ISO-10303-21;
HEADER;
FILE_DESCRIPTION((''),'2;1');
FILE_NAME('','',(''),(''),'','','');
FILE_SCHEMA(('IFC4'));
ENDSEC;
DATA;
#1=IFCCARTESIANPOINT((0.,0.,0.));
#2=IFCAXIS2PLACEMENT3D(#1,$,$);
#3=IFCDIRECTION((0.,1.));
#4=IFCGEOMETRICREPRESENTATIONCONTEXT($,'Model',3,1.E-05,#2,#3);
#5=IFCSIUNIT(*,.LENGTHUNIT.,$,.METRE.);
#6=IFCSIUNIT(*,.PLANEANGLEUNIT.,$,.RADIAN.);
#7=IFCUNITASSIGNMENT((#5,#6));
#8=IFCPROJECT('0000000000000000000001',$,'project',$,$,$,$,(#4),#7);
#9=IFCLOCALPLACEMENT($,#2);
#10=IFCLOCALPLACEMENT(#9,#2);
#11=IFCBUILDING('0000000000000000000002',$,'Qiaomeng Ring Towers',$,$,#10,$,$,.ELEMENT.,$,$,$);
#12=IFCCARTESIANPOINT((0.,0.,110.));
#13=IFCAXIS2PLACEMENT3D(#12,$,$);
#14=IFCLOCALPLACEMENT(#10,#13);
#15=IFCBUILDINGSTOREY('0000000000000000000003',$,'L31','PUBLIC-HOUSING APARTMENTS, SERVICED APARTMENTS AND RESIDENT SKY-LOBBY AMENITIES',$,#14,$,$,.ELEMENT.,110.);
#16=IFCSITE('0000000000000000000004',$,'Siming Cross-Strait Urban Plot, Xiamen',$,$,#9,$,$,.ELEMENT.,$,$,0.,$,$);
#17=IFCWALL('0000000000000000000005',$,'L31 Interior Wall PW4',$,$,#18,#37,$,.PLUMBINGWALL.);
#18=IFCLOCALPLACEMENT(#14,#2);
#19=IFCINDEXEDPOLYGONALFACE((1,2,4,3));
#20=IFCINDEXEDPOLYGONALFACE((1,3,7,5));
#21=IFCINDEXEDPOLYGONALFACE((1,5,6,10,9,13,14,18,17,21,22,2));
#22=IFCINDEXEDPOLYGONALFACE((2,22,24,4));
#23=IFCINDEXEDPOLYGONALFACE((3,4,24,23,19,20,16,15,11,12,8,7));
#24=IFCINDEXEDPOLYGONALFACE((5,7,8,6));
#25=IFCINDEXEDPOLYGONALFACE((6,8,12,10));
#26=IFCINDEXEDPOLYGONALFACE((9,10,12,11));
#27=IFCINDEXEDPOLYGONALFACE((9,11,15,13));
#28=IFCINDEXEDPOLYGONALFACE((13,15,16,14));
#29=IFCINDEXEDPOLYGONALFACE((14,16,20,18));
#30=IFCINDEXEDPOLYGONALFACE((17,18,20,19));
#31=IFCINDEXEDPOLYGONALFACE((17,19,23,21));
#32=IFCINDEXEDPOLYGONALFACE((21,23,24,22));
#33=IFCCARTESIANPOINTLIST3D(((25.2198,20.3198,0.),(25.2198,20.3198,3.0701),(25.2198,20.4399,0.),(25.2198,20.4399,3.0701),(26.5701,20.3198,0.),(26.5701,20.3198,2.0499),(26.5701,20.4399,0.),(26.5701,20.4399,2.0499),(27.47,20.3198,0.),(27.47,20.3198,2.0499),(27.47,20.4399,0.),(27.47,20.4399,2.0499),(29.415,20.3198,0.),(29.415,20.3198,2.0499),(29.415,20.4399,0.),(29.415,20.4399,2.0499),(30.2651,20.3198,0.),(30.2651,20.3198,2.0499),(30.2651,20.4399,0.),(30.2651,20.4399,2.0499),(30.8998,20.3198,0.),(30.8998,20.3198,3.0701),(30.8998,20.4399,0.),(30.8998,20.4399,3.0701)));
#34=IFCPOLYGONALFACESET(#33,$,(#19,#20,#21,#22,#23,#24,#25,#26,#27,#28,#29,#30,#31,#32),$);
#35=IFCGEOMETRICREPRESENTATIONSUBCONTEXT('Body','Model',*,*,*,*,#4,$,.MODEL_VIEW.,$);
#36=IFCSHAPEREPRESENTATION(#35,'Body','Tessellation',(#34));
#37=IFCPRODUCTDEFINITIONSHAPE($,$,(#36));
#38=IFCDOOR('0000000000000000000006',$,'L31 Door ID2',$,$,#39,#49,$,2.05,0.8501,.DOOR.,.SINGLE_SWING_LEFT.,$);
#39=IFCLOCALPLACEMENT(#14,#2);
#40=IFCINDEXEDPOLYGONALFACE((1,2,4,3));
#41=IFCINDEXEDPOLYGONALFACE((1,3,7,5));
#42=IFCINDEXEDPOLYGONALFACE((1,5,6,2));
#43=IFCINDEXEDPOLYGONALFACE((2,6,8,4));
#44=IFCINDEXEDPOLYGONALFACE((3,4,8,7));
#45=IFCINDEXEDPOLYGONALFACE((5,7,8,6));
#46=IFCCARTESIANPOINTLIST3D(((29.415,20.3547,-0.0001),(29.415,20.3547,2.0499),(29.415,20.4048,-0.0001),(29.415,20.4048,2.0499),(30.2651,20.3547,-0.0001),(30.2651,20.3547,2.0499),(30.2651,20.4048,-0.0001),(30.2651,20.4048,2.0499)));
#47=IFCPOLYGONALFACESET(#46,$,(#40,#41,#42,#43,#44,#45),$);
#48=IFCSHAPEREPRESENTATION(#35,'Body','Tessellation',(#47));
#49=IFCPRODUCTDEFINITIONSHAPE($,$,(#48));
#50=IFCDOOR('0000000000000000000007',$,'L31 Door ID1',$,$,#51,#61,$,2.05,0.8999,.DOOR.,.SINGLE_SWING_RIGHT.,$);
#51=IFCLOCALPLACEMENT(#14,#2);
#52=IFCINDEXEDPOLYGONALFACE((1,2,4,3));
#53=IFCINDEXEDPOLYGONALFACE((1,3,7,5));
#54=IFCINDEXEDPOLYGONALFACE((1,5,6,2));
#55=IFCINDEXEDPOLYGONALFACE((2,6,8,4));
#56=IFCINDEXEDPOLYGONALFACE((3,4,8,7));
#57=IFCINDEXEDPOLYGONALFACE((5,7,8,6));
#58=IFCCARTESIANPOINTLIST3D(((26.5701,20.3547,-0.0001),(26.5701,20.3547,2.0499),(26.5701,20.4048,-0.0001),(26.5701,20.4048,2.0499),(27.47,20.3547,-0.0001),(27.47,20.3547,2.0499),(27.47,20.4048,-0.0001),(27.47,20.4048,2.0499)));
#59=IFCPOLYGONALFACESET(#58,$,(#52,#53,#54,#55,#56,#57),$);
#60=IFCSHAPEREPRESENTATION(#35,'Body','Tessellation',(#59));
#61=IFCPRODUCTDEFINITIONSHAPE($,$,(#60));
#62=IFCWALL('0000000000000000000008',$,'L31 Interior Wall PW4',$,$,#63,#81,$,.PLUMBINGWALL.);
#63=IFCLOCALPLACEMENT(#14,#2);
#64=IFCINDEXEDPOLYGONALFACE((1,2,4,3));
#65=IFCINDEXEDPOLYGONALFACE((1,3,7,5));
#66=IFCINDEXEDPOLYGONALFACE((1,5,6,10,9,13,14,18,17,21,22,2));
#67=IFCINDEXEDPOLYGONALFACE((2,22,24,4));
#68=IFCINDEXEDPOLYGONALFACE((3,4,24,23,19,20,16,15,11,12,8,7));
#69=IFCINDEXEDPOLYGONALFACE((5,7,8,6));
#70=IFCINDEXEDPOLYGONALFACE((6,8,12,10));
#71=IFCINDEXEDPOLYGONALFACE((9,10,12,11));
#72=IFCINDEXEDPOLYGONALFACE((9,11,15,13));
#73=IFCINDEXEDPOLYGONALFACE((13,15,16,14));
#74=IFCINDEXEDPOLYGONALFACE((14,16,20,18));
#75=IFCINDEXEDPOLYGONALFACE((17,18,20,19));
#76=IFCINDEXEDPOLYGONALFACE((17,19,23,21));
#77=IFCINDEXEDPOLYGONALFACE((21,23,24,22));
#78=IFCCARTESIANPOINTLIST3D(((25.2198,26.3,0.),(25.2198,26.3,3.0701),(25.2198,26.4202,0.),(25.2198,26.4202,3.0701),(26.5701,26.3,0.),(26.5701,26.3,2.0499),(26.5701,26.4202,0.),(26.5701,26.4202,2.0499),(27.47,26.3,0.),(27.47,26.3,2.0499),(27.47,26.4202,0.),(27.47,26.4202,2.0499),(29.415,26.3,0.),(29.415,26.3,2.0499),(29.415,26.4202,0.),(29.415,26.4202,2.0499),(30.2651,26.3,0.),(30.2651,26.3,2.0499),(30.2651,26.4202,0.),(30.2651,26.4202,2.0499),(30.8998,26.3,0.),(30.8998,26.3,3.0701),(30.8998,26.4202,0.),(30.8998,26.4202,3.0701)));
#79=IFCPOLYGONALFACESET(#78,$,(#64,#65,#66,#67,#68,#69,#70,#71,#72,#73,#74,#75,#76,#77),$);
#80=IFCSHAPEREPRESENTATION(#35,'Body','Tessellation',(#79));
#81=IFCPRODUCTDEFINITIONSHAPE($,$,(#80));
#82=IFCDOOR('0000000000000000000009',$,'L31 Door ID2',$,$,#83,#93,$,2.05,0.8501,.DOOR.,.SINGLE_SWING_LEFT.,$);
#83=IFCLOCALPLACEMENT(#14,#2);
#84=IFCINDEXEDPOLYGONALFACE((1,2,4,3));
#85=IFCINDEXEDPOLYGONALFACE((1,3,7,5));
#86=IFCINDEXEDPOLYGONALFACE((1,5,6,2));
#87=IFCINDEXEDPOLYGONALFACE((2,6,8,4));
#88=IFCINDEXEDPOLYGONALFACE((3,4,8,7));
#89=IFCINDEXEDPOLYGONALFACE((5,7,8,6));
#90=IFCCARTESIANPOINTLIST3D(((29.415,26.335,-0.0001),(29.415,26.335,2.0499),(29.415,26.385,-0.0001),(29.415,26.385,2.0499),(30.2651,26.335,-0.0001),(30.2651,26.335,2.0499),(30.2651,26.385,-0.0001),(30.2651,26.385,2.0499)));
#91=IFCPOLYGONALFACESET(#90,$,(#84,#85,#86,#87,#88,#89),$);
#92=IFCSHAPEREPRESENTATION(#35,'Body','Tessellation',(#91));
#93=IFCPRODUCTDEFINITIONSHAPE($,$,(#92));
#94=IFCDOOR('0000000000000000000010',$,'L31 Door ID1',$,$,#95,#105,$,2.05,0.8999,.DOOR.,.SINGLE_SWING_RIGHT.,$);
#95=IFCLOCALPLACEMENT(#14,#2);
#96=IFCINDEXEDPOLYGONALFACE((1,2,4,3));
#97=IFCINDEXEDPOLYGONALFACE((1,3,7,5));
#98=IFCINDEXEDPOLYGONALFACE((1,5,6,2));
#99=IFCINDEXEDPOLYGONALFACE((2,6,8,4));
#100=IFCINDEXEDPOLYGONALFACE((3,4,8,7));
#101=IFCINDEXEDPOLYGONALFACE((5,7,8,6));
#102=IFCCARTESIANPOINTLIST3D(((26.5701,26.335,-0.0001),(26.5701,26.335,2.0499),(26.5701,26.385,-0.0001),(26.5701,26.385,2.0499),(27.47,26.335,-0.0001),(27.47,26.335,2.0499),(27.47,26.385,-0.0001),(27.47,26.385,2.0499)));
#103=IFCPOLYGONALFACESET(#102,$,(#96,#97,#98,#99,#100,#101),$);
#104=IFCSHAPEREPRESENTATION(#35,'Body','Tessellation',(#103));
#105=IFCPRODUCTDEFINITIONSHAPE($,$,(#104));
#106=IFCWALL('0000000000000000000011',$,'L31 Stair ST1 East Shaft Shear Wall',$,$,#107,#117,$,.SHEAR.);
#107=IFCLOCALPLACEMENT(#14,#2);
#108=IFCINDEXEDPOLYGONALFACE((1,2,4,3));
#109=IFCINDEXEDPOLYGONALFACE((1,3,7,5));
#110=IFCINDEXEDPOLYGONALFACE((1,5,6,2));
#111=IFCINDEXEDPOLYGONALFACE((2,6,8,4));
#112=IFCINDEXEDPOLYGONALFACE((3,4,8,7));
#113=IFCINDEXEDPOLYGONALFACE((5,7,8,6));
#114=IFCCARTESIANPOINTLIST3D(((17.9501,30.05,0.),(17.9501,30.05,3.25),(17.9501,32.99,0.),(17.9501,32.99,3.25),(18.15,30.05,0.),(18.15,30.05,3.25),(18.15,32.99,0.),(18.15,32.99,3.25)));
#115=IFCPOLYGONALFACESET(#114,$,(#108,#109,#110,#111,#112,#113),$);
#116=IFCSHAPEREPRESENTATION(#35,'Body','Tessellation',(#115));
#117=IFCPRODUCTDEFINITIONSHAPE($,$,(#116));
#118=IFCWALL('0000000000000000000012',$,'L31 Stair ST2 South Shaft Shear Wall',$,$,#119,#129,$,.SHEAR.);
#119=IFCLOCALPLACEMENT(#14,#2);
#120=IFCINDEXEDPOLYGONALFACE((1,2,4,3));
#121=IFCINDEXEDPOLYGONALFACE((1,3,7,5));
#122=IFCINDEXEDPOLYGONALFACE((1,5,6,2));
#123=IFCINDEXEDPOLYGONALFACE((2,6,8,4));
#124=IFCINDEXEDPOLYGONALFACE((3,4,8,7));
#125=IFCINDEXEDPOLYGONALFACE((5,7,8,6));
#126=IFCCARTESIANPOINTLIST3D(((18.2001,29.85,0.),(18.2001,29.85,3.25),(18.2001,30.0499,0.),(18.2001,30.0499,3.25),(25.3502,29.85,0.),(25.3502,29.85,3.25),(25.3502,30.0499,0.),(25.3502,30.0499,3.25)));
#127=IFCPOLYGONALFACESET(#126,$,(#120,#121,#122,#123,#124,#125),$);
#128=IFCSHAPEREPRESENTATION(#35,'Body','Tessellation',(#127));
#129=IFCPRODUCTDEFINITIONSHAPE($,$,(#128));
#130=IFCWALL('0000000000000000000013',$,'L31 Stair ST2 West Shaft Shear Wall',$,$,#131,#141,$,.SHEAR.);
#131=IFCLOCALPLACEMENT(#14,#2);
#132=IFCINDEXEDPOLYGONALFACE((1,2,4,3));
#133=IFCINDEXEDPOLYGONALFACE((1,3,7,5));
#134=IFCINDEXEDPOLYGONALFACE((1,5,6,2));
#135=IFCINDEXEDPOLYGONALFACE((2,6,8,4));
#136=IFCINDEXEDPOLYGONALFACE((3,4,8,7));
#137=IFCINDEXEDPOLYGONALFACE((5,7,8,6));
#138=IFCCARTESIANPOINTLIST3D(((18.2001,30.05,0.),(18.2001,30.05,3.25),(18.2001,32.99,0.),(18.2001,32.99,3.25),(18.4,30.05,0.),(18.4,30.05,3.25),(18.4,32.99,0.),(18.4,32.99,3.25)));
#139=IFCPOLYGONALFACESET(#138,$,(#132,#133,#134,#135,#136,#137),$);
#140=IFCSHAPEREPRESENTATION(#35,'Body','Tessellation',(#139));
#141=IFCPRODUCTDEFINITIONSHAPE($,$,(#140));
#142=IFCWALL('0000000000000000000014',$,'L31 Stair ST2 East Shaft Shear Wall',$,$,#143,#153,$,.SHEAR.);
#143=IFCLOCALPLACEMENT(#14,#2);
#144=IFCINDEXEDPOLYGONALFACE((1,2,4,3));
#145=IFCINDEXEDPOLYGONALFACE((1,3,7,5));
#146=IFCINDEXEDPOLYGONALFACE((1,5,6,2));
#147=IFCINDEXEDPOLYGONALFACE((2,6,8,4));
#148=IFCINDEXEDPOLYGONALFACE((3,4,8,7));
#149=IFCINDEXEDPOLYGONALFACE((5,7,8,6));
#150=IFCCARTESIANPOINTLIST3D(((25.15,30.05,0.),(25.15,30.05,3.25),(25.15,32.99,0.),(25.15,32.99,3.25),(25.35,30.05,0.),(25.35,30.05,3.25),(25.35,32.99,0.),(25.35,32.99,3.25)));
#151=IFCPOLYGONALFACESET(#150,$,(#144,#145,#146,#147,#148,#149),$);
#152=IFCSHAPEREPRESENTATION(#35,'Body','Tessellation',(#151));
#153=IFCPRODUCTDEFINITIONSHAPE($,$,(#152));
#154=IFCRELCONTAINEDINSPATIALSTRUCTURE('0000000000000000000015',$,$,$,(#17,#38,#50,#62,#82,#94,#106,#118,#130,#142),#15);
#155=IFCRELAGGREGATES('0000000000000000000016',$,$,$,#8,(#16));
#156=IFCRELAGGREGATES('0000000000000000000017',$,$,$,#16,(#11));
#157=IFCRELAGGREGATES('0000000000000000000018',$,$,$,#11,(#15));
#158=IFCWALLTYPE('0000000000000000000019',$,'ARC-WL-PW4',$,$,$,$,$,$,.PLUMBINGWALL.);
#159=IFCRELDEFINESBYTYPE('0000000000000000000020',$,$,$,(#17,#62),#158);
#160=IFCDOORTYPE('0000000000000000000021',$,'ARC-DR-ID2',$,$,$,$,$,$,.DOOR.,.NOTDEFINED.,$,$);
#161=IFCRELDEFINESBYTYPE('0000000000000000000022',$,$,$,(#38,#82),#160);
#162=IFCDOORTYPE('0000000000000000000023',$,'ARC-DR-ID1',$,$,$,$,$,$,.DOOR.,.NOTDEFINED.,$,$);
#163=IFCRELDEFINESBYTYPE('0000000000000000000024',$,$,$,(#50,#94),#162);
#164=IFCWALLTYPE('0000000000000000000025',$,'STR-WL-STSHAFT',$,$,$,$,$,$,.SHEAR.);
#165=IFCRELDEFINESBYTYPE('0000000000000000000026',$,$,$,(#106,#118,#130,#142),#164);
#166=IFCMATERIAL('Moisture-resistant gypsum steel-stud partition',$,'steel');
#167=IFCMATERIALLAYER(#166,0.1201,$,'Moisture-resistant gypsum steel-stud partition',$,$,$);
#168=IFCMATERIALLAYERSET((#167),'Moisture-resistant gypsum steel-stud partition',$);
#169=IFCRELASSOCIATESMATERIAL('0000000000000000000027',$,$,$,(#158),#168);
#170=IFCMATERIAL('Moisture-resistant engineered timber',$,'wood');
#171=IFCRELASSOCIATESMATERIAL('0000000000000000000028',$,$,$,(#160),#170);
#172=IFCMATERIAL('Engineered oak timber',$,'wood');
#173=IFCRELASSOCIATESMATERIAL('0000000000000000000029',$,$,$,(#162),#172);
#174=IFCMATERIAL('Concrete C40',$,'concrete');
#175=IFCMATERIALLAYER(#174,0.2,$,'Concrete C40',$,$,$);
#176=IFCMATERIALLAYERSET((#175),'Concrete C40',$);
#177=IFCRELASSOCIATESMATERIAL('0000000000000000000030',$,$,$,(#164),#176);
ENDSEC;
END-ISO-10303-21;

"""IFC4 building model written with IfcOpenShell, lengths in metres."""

from ifc_helpers import new_model, si_unit, direction, frame, frame_2d, origin, place, context, subcontext, project, spatial, rectangle, extrude, source, transform, mapped, material, layer, layer_set, type_object, element, fill, save


model = new_model("IFC4")

# Units and contexts
model_context = context("Model", 3, precision=1e-05, world=origin(), true_north=direction((0.0, 1.0)))
body_context = subcontext(model_context, "Body", "Model", "MODEL_VIEW")
ifc_project = project(units=[si_unit("LENGTHUNIT", "METRE"), si_unit("PLANEANGLEUNIT", "RADIAN")], contexts=[model_context])

# Site, building, storey
site_placement = place(None, origin())
site = spatial("IfcSite", under=ifc_project, at=site_placement, Name="Siming Cross-Strait Urban Plot, Xiamen", CompositionType="ELEMENT", RefElevation=0.0)
building_placement = place(site_placement, origin())
building = spatial("IfcBuilding", under=site, at=building_placement, Name="Qiaomeng Ring Towers", CompositionType="ELEMENT")
storey_placement = place(building_placement, frame((0.0, 0.0, 110.0)))
storey = spatial("IfcBuildingStorey", under=building, at=storey_placement, Name="L31", Description="PUBLIC-HOUSING APARTMENTS, SERVICED APARTMENTS AND RESIDENT SKY-LOBBY AMENITIES", CompositionType="ELEMENT", Elevation=110.0)

# Walls, openings, doors
ifc_material_1 = material(Name="Moisture-resistant gypsum steel-stud partition", Category="steel")
ifc_layer_1 = layer(ifc_material_1, 0.1201, Name="Moisture-resistant gypsum steel-stud partition")
ifc_layer_set_1 = layer_set([ifc_layer_1], Name="Moisture-resistant gypsum steel-stud partition")
wall_type_1 = type_object("IfcWallType", Name="ARC-WL-PW4", PredefinedType="PLUMBINGWALL", material=ifc_layer_set_1)
wall_1_placement = place(storey_placement, frame((25.22, 20.3799, 0.0), z_axis=(0.0, 0.0, 1.0), x_axis=(1.0, 0.0, 0.0)))
wall_1 = element("IfcWall", 1, at=wall_1_placement, inside=storey, type_object=wall_type_1, Name="L31 Interior Wall PW4", PredefinedType="PLUMBINGWALL", context=body_context, shape_type="SweptSolid", body=[
    extrude(rectangle(XDim=5.6799, YDim=0.1201, at=frame_2d((2.8398, 0.0))), origin(), (0.0, 0.0, 1.0), 3.0701),
])
opening_1_placement = place(wall_1_placement, frame((1.3501, 0.0, 0.0)))
opening_1 = element("IfcOpeningElement", 2, at=opening_1_placement, cuts=wall_1, PredefinedType="OPENING", context=body_context, shape_type="SweptSolid", body=[
    extrude(rectangle(XDim=0.8999, YDim=2.05, at=frame_2d((0.45, 1.0249))), frame((0.0, 0.0701, 0.0), z_axis=(0.0, -1.0, 0.0), x_axis=(1.0, 0.0, 0.0)), (0.0, 0.0, 1.0), 0.1401),
])
opening_2_placement = place(wall_1_placement, frame((4.1951, 0.0, 0.0)))
opening_2 = element("IfcOpeningElement", 3, at=opening_2_placement, cuts=wall_1, PredefinedType="OPENING", context=body_context, shape_type="SweptSolid", body=[
    extrude(rectangle(XDim=0.8501, YDim=2.05, at=frame_2d((0.425, 1.0249))), frame((0.0, 0.0701, 0.0), z_axis=(0.0, -1.0, 0.0), x_axis=(1.0, 0.0, 0.0)), (0.0, 0.0, 1.0), 0.1401),
])
ifc_material_2 = material(Name="Moisture-resistant engineered timber", Category="wood")
door_type_1 = type_object("IfcDoorType", Name="ARC-DR-ID2", OperationType="NOTDEFINED", PredefinedType="DOOR", material=ifc_material_2)
shared_shape_1 = source(origin(), body_context, "Body", "SweptSolid", [
    extrude(rectangle(XDim=0.8501, YDim=2.05, at=frame_2d((0.425, 1.0249))), frame((0.0, 0.0249, 0.0), z_axis=(0.0, -1.0, 0.0), x_axis=(1.0, 0.0, 0.0)), (0.0, 0.0, 1.0), 0.05),
])
door_1_placement = place(opening_2_placement, origin())
door_1 = element("IfcDoor", 4, at=door_1_placement, inside=storey, type_object=door_type_1, Name="L31 Door ID2", OperationType="SINGLE_SWING_LEFT", OverallHeight=2.05, OverallWidth=0.8501, PredefinedType="DOOR", context=body_context, shape_type="MappedRepresentation", body=[
    mapped(shared_shape_1, transform((0.0, 0.0, 0.0), x_axis=(1.0, 0.0, 0.0), y_axis=(0.0, 1.0, 0.0), z_axis=(0.0, 0.0, 1.0), scale=1.0)),
])
fill(opening_2, door_1)
ifc_material_3 = material(Name="Engineered oak timber", Category="wood")
door_type_2 = type_object("IfcDoorType", Name="ARC-DR-ID1", OperationType="NOTDEFINED", PredefinedType="DOOR", material=ifc_material_3)
shared_shape_2 = source(origin(), body_context, "Body", "SweptSolid", [
    extrude(rectangle(XDim=0.8999, YDim=2.05, at=frame_2d((0.45, 1.0249))), frame((0.0, 0.0249, 0.0), z_axis=(0.0, -1.0, 0.0), x_axis=(1.0, 0.0, 0.0)), (0.0, 0.0, 1.0), 0.05),
])
door_2_placement = place(opening_1_placement, origin())
door_2 = element("IfcDoor", 5, at=door_2_placement, inside=storey, type_object=door_type_2, Name="L31 Door ID1", OperationType="SINGLE_SWING_RIGHT", OverallHeight=2.05, OverallWidth=0.8999, PredefinedType="DOOR", context=body_context, shape_type="MappedRepresentation", body=[
    mapped(shared_shape_2, transform((0.0, 0.0, 0.0), x_axis=(1.0, 0.0, 0.0), y_axis=(0.0, 1.0, 0.0), z_axis=(0.0, 0.0, 1.0), scale=1.0)),
])
fill(opening_1, door_2)
wall_2_placement = place(storey_placement, frame((25.22, 26.3601, 0.0), z_axis=(0.0, 0.0, 1.0), x_axis=(1.0, 0.0, 0.0)))
wall_2 = element("IfcWall", 6, at=wall_2_placement, inside=storey, type_object=wall_type_1, Name="L31 Interior Wall PW4", PredefinedType="PLUMBINGWALL", context=body_context, shape_type="SweptSolid", body=[
    extrude(rectangle(XDim=5.6799, YDim=0.1201, at=frame_2d((2.8398, 0.0))), origin(), (0.0, 0.0, 1.0), 3.0701),
])
opening_3_placement = place(wall_2_placement, frame((1.3501, 0.0, 0.0)))
opening_3 = element("IfcOpeningElement", 7, at=opening_3_placement, cuts=wall_2, PredefinedType="OPENING", context=body_context, shape_type="SweptSolid", body=[
    extrude(rectangle(XDim=0.8999, YDim=2.05, at=frame_2d((0.45, 1.0249))), frame((0.0, 0.0701, 0.0), z_axis=(0.0, -1.0, 0.0), x_axis=(1.0, 0.0, 0.0)), (0.0, 0.0, 1.0), 0.1401),
])
opening_4_placement = place(wall_2_placement, frame((4.1951, 0.0, 0.0)))
opening_4 = element("IfcOpeningElement", 8, at=opening_4_placement, cuts=wall_2, PredefinedType="OPENING", context=body_context, shape_type="SweptSolid", body=[
    extrude(rectangle(XDim=0.8501, YDim=2.05, at=frame_2d((0.425, 1.0249))), frame((0.0, 0.0701, 0.0), z_axis=(0.0, -1.0, 0.0), x_axis=(1.0, 0.0, 0.0)), (0.0, 0.0, 1.0), 0.1401),
])
door_3_placement = place(opening_4_placement, origin())
door_3 = element("IfcDoor", 9, at=door_3_placement, inside=storey, type_object=door_type_1, Name="L31 Door ID2", OperationType="SINGLE_SWING_LEFT", OverallHeight=2.05, OverallWidth=0.8501, PredefinedType="DOOR", context=body_context, shape_type="MappedRepresentation", body=[
    mapped(shared_shape_1, transform((0.0, 0.0, 0.0), x_axis=(1.0, 0.0, 0.0), y_axis=(0.0, 1.0, 0.0), z_axis=(0.0, 0.0, 1.0), scale=1.0)),
])
fill(opening_4, door_3)
door_4_placement = place(opening_3_placement, origin())
door_4 = element("IfcDoor", 10, at=door_4_placement, inside=storey, type_object=door_type_2, Name="L31 Door ID1", OperationType="SINGLE_SWING_RIGHT", OverallHeight=2.05, OverallWidth=0.8999, PredefinedType="DOOR", context=body_context, shape_type="MappedRepresentation", body=[
    mapped(shared_shape_2, transform((0.0, 0.0, 0.0), x_axis=(1.0, 0.0, 0.0), y_axis=(0.0, 1.0, 0.0), z_axis=(0.0, 0.0, 1.0), scale=1.0)),
])
fill(opening_3, door_4)

# Walls
ifc_material_4 = material(Name="Concrete C40", Category="concrete")
ifc_layer_2 = layer(ifc_material_4, 0.2, Name="Concrete C40")
ifc_layer_set_2 = layer_set([ifc_layer_2], Name="Concrete C40")
wall_type_2 = type_object("IfcWallType", Name="STR-WL-STSHAFT", PredefinedType="SHEAR", material=ifc_layer_set_2)
wall_3_placement = place(storey_placement, frame((18.05, 30.05, 0.0), z_axis=(0.0, 0.0, 1.0), x_axis=(0.0, 1.0, 0.0)))
element("IfcWall", 11, at=wall_3_placement, inside=storey, type_object=wall_type_2, Name="L31 Stair ST1 East Shaft Shear Wall", PredefinedType="SHEAR", context=body_context, shape_type="SweptSolid", body=[
    extrude(rectangle(XDim=2.9399, YDim=0.2, at=frame_2d((1.47, 0.0))), origin(), (0.0, 0.0, 1.0), 3.25),
])
wall_4_placement = place(storey_placement, frame((18.2, 29.95, 0.0), z_axis=(0.0, 0.0, 1.0), x_axis=(1.0, 0.0, 0.0)))
element("IfcWall", 12, at=wall_4_placement, inside=storey, type_object=wall_type_2, Name="L31 Stair ST2 South Shaft Shear Wall", PredefinedType="SHEAR", context=body_context, shape_type="SweptSolid", body=[
    extrude(rectangle(XDim=7.1501, YDim=0.2, at=frame_2d((3.5752, 0.0))), origin(), (0.0, 0.0, 1.0), 3.25),
])
for number, where, z_axis, x_axis, name in (
    (13, (18.3, 30.05, 0.0), (0.0, 0.0, 1.0), (0.0, 1.0, 0.0), "L31 Stair ST2 West Shaft Shear Wall"),
    (14, (25.25, 30.05, 0.0), (0.0, 0.0, 1.0), (0.0, 1.0, 0.0), "L31 Stair ST2 East Shaft Shear Wall"),
):
    element("IfcWall", number, at=place(storey_placement, frame(where, z_axis=z_axis, x_axis=x_axis)), inside=storey, type_object=wall_type_2, Name=name, PredefinedType="SHEAR", context=body_context, shape_type="SweptSolid", body=[
        extrude(rectangle(XDim=2.9399, YDim=0.2, at=frame_2d((1.47, 0.0))), origin(), (0.0, 0.0, 1.0), 3.25),
    ])

save(model, "model.ifc")
